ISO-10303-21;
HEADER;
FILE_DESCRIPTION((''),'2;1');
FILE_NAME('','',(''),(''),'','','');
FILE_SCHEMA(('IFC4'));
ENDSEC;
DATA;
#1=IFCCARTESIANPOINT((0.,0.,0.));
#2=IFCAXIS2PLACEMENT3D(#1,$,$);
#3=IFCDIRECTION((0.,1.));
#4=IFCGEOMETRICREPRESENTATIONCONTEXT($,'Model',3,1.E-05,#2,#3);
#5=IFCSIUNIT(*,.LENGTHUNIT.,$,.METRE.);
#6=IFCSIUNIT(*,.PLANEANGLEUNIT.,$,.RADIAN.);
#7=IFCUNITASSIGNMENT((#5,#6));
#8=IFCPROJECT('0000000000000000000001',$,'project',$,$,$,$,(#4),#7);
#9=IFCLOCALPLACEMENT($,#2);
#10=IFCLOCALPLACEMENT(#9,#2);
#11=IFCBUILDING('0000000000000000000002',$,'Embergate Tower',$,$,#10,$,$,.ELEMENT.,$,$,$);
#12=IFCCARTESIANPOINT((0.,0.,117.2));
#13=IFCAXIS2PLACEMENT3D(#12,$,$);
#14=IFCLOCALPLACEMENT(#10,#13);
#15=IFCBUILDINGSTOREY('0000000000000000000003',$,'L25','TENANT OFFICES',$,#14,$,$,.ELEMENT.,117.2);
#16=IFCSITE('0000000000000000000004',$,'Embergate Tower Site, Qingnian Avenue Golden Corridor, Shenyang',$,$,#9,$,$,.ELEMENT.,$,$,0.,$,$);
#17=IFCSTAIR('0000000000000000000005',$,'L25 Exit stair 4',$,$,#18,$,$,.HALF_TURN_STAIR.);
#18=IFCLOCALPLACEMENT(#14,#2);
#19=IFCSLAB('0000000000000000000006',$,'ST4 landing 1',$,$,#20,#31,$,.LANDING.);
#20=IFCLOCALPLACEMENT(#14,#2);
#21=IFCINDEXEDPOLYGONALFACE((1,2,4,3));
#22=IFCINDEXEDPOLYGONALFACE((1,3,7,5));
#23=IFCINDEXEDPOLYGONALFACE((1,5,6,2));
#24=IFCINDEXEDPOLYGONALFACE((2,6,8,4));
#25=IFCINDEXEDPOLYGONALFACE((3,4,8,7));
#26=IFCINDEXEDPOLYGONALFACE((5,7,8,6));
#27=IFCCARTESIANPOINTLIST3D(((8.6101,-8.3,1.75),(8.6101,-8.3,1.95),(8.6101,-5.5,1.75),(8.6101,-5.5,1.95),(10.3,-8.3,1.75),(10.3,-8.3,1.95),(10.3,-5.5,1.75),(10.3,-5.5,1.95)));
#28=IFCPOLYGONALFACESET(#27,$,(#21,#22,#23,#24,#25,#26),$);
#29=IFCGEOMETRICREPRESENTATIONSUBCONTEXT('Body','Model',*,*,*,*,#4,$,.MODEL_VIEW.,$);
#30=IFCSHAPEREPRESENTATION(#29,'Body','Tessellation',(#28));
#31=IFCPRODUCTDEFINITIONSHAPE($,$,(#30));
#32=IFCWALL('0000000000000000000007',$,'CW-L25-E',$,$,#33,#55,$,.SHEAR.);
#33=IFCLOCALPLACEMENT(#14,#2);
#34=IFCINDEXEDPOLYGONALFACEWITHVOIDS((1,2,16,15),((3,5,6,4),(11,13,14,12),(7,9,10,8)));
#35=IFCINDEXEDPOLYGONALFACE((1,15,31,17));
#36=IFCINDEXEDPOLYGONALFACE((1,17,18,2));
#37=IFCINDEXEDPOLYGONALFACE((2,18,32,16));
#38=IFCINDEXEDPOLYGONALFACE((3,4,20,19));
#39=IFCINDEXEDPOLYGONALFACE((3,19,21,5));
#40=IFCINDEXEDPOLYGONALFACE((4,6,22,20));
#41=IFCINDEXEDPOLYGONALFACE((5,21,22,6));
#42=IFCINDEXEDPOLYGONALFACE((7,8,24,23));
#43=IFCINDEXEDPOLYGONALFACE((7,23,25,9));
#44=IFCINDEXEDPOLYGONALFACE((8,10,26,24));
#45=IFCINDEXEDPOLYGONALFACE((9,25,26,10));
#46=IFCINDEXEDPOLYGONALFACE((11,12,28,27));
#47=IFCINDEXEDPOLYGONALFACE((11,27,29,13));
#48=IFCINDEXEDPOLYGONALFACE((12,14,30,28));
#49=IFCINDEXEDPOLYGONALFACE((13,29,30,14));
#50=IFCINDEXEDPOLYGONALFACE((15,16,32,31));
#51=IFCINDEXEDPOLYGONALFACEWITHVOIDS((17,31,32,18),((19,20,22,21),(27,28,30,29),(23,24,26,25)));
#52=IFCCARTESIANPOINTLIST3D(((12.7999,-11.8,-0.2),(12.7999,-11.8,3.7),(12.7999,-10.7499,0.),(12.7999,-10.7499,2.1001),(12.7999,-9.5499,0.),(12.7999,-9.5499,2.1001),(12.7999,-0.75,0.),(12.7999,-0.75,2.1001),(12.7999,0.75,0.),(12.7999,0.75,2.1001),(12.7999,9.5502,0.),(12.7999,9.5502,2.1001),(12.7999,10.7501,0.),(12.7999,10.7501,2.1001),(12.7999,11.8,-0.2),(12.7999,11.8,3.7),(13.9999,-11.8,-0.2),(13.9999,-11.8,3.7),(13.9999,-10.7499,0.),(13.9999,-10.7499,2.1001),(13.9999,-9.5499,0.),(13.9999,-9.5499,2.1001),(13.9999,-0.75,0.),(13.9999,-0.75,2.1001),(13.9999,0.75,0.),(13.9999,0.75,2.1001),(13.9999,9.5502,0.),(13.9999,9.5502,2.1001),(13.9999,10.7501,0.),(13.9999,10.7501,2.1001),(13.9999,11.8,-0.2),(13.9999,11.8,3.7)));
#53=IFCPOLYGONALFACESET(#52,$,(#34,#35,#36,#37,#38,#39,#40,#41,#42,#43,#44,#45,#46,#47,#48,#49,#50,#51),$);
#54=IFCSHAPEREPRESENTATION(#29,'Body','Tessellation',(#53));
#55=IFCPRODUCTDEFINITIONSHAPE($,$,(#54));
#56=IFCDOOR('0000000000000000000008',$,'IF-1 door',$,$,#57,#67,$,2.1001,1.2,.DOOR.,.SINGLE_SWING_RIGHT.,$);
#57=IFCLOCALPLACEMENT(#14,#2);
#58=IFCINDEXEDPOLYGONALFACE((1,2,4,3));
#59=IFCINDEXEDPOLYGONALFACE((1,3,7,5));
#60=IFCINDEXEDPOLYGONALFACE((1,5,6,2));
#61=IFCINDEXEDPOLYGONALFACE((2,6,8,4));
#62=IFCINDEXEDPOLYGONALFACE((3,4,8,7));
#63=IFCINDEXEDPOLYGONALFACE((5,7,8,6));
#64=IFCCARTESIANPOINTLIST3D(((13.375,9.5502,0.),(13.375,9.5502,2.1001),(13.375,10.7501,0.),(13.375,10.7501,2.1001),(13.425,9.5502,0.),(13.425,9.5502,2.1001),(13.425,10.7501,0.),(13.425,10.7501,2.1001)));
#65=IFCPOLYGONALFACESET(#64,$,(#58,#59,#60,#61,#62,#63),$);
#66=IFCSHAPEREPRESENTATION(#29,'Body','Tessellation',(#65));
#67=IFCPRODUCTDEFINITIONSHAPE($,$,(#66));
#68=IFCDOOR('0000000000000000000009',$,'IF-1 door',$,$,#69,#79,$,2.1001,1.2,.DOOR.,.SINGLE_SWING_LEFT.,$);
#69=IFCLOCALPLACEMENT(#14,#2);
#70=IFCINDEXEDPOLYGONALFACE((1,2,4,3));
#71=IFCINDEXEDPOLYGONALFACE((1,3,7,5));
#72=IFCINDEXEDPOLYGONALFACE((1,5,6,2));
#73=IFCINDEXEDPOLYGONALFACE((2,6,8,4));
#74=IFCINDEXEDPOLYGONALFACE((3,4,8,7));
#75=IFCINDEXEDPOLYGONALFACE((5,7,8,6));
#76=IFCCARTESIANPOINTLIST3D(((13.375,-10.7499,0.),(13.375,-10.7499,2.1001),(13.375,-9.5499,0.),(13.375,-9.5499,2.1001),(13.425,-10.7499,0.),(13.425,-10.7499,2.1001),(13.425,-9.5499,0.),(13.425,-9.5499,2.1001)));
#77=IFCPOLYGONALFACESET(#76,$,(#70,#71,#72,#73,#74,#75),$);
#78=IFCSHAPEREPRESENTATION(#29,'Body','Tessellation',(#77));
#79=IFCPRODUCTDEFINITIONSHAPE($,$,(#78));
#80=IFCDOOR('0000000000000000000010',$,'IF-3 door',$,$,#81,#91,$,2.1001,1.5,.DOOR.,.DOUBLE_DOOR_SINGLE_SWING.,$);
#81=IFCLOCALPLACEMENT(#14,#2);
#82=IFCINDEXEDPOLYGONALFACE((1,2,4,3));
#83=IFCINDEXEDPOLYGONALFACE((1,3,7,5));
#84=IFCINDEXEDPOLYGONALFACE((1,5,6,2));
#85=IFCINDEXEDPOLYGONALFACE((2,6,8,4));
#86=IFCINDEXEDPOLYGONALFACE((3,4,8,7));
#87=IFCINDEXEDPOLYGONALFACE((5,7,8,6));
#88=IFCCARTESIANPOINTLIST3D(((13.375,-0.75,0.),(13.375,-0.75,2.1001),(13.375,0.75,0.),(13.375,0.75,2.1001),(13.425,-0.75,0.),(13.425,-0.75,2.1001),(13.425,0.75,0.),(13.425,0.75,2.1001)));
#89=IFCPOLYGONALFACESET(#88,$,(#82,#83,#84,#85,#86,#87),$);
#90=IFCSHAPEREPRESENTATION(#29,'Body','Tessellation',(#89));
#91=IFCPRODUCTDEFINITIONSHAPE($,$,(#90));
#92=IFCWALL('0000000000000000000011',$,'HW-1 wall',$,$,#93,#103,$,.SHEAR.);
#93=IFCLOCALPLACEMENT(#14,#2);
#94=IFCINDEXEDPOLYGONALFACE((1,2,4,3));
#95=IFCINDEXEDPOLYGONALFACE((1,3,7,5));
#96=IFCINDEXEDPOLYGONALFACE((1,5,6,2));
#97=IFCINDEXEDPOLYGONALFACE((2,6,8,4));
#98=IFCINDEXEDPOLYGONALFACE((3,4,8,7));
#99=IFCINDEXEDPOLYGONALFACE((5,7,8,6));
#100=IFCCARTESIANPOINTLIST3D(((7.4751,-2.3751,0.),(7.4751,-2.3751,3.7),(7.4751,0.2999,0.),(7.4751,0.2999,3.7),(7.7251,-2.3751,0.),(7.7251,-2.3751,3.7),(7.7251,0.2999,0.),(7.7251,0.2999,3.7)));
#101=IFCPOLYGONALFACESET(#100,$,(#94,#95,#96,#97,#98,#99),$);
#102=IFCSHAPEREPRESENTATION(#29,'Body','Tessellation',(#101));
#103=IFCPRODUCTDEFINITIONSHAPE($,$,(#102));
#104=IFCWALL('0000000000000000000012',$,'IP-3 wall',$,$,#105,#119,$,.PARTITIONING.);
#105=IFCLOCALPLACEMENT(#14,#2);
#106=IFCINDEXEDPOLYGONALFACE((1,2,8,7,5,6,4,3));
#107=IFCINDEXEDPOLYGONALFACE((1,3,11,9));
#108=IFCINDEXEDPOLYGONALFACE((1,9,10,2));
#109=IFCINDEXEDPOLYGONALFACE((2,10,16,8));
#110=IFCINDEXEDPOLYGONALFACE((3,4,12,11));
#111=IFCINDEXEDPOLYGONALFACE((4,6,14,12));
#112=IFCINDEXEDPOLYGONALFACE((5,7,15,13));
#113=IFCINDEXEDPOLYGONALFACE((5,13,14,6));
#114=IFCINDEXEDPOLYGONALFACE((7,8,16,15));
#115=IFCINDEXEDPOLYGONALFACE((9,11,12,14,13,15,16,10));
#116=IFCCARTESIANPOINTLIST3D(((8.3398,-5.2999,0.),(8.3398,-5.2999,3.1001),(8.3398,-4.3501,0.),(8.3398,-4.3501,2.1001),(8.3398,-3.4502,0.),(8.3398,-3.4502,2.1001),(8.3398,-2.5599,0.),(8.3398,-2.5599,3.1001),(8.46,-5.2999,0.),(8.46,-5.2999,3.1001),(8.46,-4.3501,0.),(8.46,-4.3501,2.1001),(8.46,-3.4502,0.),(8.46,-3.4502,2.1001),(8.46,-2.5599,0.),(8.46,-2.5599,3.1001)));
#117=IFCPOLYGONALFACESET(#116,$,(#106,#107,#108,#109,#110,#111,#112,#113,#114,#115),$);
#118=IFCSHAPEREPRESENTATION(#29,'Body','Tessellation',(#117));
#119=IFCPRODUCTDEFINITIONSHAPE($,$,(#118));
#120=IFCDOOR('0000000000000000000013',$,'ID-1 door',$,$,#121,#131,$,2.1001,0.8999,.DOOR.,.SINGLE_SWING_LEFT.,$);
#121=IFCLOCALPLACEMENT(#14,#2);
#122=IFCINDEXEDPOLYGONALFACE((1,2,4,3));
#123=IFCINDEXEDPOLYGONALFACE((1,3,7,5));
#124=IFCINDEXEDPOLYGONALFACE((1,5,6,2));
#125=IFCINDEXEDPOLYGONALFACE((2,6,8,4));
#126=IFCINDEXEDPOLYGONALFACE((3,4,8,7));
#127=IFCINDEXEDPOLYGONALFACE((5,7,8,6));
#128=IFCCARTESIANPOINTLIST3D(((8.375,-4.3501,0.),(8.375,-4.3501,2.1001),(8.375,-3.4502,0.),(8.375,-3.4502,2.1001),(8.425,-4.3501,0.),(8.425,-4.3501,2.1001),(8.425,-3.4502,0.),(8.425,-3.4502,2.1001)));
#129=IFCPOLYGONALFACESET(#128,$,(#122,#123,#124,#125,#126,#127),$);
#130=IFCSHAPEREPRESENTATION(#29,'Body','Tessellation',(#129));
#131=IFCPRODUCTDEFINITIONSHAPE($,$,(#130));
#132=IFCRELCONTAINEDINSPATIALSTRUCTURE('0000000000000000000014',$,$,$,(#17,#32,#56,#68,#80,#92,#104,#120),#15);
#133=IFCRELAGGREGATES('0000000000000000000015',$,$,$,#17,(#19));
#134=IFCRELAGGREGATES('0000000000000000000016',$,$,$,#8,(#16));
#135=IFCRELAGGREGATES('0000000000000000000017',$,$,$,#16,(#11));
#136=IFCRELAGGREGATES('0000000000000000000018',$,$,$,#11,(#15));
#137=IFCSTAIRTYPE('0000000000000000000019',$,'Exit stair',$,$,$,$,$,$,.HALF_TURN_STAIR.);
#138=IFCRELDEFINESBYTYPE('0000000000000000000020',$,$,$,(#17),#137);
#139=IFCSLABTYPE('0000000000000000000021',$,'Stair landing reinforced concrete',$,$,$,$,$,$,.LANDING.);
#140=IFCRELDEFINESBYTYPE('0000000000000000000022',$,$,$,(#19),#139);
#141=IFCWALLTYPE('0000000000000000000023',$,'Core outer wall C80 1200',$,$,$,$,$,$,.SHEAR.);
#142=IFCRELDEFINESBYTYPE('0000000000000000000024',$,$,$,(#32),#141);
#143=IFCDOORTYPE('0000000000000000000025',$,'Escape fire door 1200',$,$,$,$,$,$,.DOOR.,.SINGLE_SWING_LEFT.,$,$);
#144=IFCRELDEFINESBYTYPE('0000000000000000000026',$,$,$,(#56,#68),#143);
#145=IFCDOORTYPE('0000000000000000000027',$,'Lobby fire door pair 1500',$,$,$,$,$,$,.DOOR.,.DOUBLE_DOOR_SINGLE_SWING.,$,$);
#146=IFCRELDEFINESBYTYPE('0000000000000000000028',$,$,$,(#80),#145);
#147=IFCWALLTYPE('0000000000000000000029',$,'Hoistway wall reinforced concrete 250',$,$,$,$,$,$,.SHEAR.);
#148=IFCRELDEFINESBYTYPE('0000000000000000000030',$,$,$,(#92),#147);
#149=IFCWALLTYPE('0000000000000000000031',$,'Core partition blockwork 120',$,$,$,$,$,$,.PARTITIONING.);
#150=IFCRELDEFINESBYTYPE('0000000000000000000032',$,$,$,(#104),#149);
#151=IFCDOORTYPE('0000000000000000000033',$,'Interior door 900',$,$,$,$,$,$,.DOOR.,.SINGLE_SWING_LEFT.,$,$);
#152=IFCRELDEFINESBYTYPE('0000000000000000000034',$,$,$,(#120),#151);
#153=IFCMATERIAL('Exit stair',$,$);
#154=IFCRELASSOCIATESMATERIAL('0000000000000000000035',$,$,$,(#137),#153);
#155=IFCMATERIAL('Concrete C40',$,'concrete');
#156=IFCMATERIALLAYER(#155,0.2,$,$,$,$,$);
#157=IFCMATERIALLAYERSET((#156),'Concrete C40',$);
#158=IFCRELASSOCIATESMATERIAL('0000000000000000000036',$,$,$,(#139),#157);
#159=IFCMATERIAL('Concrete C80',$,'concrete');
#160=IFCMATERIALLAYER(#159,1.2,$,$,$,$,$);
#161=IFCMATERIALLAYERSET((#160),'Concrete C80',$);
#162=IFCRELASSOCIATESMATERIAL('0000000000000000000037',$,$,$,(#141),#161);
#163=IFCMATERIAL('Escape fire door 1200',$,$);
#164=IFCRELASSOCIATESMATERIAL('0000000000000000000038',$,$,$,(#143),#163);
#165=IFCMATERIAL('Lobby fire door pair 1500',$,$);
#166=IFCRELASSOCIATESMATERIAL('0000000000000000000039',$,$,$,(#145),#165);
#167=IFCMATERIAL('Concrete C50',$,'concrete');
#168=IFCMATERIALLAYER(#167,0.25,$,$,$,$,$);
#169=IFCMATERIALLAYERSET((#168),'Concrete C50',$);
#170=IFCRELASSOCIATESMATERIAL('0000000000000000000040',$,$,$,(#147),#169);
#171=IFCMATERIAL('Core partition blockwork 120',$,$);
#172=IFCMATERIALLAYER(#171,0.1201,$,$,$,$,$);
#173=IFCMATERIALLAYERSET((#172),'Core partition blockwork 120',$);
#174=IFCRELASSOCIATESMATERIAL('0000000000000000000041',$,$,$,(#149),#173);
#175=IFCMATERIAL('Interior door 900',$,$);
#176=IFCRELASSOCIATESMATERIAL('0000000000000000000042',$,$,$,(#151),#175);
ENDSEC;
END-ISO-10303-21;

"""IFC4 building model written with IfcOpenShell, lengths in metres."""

from ifc_helpers import new_model, si_unit, direction, frame, frame_2d, origin, place, context, subcontext, project, spatial, polyline, rectangle, outline, extrude, source, transform, mapped, material, layer, layer_set, type_object, element, fill, aggregate, save


model = new_model("IFC4")

# Units and contexts
model_context = context("Model", 3, precision=1e-05, world=origin(), true_north=direction((0.0, 1.0)))
body_context = subcontext(model_context, "Body", "Model", "MODEL_VIEW")
ifc_project = project(units=[si_unit("LENGTHUNIT", "METRE"), si_unit("PLANEANGLEUNIT", "RADIAN")], contexts=[model_context])

# Site, building, storey
site_placement = place(None, origin())
site = spatial("IfcSite", under=ifc_project, at=site_placement, Name="Embergate Tower Site, Qingnian Avenue Golden Corridor, Shenyang", CompositionType="ELEMENT", RefElevation=0.0)
building_placement = place(site_placement, origin())
building = spatial("IfcBuilding", under=site, at=building_placement, Name="Embergate Tower", CompositionType="ELEMENT")
storey_placement = place(building_placement, frame((0.0, 0.0, 117.2)))
storey = spatial("IfcBuildingStorey", under=building, at=storey_placement, Name="L25", Description="TENANT OFFICES", CompositionType="ELEMENT", Elevation=117.2)

# Stair, slab
ifc_material_1 = material(Name="Exit stair")
stair_type = type_object("IfcStairType", Name="Exit stair", PredefinedType="HALF_TURN_STAIR", material=ifc_material_1)
stair_placement = place(storey_placement, origin())
stair = element("IfcStair", 1, at=stair_placement, inside=storey, type_object=stair_type, Name="L25 Exit stair 4", PredefinedType="HALF_TURN_STAIR")
ifc_material_2 = material(Name="Concrete C40", Category="concrete")
ifc_layer_1 = layer(ifc_material_2, 0.2)
ifc_layer_set_1 = layer_set([ifc_layer_1], Name="Concrete C40")
slab_type = type_object("IfcSlabType", Name="Stair landing reinforced concrete", PredefinedType="LANDING", material=ifc_layer_set_1)
shared_shape_1 = source(origin(), body_context, "Body", "SweptSolid", [
    extrude(outline(polyline([(0.0, 0.0), (1.6899, 0.0), (1.6899, 2.8), (0.0, 2.8), (0.0, 0.0)])), origin(), (0.0, 0.0, 1.0), 0.2),
])
slab_placement = place(storey_placement, frame((8.6101, -8.3, 1.75)))
slab = element("IfcSlab", 2, at=slab_placement, type_object=slab_type, Name="ST4 landing 1", PredefinedType="LANDING", context=body_context, shape_type="MappedRepresentation", body=[
    mapped(shared_shape_1, transform((0.0, 0.0, 0.0))),
])

# Wall, openings, doors
ifc_material_3 = material(Name="Concrete C80", Category="concrete")
ifc_layer_2 = layer(ifc_material_3, 1.2)
ifc_layer_set_2 = layer_set([ifc_layer_2], Name="Concrete C80")
wall_type_1 = type_object("IfcWallType", Name="Core outer wall C80 1200", PredefinedType="SHEAR", material=ifc_layer_set_2)
shared_shape_2 = source(origin(), body_context, "Body", "SweptSolid", [
    extrude(rectangle(XDim=23.6001, YDim=1.2, at=frame_2d((11.8, 0.0))), origin(), (0.0, 0.0, 1.0), 3.8999),
])
wall_1_placement = place(storey_placement, frame((13.3999, -11.8, -0.2), z_axis=(0.0, 0.0, 1.0), x_axis=(0.0, 1.0, 0.0)))
wall_1 = element("IfcWall", 3, at=wall_1_placement, inside=storey, type_object=wall_type_1, Name="CW-L25-E", PredefinedType="SHEAR", context=body_context, shape_type="MappedRepresentation", body=[
    mapped(shared_shape_2, transform((0.0, 0.0, 0.0))),
])
shared_shape_3 = source(origin(), body_context, "Body", "SweptSolid", [
    extrude(rectangle(XDim=1.2, YDim=2.1001, at=frame_2d((0.6001, 1.05))), frame((0.0, 0.6099, 0.0), z_axis=(0.0, -1.0, 0.0), x_axis=(1.0, 0.0, 0.0)), (0.0, 0.0, 1.0), 1.22),
])
opening_1_placement = place(wall_1_placement, frame((21.3501, 0.0, 0.2)))
opening_1 = element("IfcOpeningElement", 4, at=opening_1_placement, cuts=wall_1, PredefinedType="OPENING", context=body_context, shape_type="MappedRepresentation", body=[
    mapped(shared_shape_3, transform((0.0, 0.0, 0.0))),
])
opening_2_placement = place(wall_1_placement, frame((1.05, 0.0, 0.2)))
opening_2 = element("IfcOpeningElement", 5, at=opening_2_placement, cuts=wall_1, PredefinedType="OPENING", context=body_context, shape_type="MappedRepresentation", body=[
    mapped(shared_shape_3, transform((0.0, 0.0, 0.0))),
])
shared_shape_4 = source(origin(), body_context, "Body", "SweptSolid", [
    extrude(rectangle(XDim=1.5, YDim=2.1001, at=frame_2d((0.75, 1.05))), frame((0.0, 0.6099, 0.0), z_axis=(0.0, -1.0, 0.0), x_axis=(1.0, 0.0, 0.0)), (0.0, 0.0, 1.0), 1.22),
])
opening_3_placement = place(wall_1_placement, frame((11.05, 0.0, 0.2)))
opening_3 = element("IfcOpeningElement", 6, at=opening_3_placement, cuts=wall_1, PredefinedType="OPENING", context=body_context, shape_type="MappedRepresentation", body=[
    mapped(shared_shape_4, transform((0.0, 0.0, 0.0))),
])
ifc_material_4 = material(Name="Escape fire door 1200")
door_type_1 = type_object("IfcDoorType", Name="Escape fire door 1200", OperationType="SINGLE_SWING_LEFT", PredefinedType="DOOR", material=ifc_material_4)
shared_shape_5 = source(origin(), body_context, "Body", "SweptSolid", [
    extrude(rectangle(XDim=1.2, YDim=2.1001, at=frame_2d((0.6001, 1.05))), frame((0.0, 0.0249, 0.0), z_axis=(0.0, -1.0, 0.0), x_axis=(1.0, 0.0, 0.0)), (0.0, 0.0, 1.0), 0.05),
])
door_1_placement = place(opening_1_placement, origin())
door_1 = element("IfcDoor", 7, at=door_1_placement, inside=storey, type_object=door_type_1, Name="IF-1 door", OperationType="SINGLE_SWING_RIGHT", OverallHeight=2.1001, OverallWidth=1.2, PredefinedType="DOOR", context=body_context, shape_type="MappedRepresentation", body=[
    mapped(shared_shape_5, transform((0.0, 0.0, 0.0))),
])
fill(opening_1, door_1)
door_2_placement = place(opening_2_placement, origin())
door_2 = element("IfcDoor", 8, at=door_2_placement, inside=storey, type_object=door_type_1, Name="IF-1 door", OperationType="SINGLE_SWING_LEFT", OverallHeight=2.1001, OverallWidth=1.2, PredefinedType="DOOR", context=body_context, shape_type="MappedRepresentation", body=[
    mapped(shared_shape_5, transform((0.0, 0.0, 0.0))),
])
fill(opening_2, door_2)
ifc_material_5 = material(Name="Lobby fire door pair 1500")
door_type_2 = type_object("IfcDoorType", Name="Lobby fire door pair 1500", OperationType="DOUBLE_DOOR_SINGLE_SWING", PredefinedType="DOOR", material=ifc_material_5)
shared_shape_6 = source(origin(), body_context, "Body", "SweptSolid", [
    extrude(rectangle(XDim=1.5, YDim=2.1001, at=frame_2d((0.75, 1.05))), frame((0.0, 0.0249, 0.0), z_axis=(0.0, -1.0, 0.0), x_axis=(1.0, 0.0, 0.0)), (0.0, 0.0, 1.0), 0.05),
])
door_3_placement = place(opening_3_placement, origin())
door_3 = element("IfcDoor", 9, at=door_3_placement, inside=storey, type_object=door_type_2, Name="IF-3 door", OperationType="DOUBLE_DOOR_SINGLE_SWING", OverallHeight=2.1001, OverallWidth=1.5, PredefinedType="DOOR", context=body_context, shape_type="MappedRepresentation", body=[
    mapped(shared_shape_6, transform((0.0, 0.0, 0.0))),
])
fill(opening_3, door_3)

# Wall
ifc_material_6 = material(Name="Concrete C50", Category="concrete")
ifc_layer_3 = layer(ifc_material_6, 0.25)
ifc_layer_set_3 = layer_set([ifc_layer_3], Name="Concrete C50")
wall_type_2 = type_object("IfcWallType", Name="Hoistway wall reinforced concrete 250", PredefinedType="SHEAR", material=ifc_layer_set_3)
shared_shape_7 = source(origin(), body_context, "Body", "SweptSolid", [
    extrude(rectangle(XDim=2.675, YDim=0.25, at=frame_2d((1.3374, 0.0))), origin(), (0.0, 0.0, 1.0), 3.7),
])
wall_2_placement = place(storey_placement, frame((7.6001, -2.375, 0.0), z_axis=(0.0, 0.0, 1.0), x_axis=(0.0, 1.0, 0.0)))
element("IfcWall", 10, at=wall_2_placement, inside=storey, type_object=wall_type_2, Name="HW-1 wall", PredefinedType="SHEAR", context=body_context, shape_type="MappedRepresentation", body=[
    mapped(shared_shape_7, transform((0.0, 0.0, 0.0))),
])

# Wall, opening, door
ifc_material_7 = material(Name="Core partition blockwork 120")
ifc_layer_4 = layer(ifc_material_7, 0.1201)
ifc_layer_set_4 = layer_set([ifc_layer_4], Name="Core partition blockwork 120")
wall_type_3 = type_object("IfcWallType", Name="Core partition blockwork 120", PredefinedType="PARTITIONING", material=ifc_layer_set_4)
shared_shape_8 = source(origin(), body_context, "Body", "SweptSolid", [
    extrude(rectangle(XDim=2.74, YDim=0.1201, at=frame_2d((1.3701, 0.0))), origin(), (0.0, 0.0, 1.0), 3.1001),
])
wall_3_placement = place(storey_placement, frame((8.3999, -5.3, 0.0), z_axis=(0.0, 0.0, 1.0), x_axis=(0.0, 1.0, 0.0)))
wall_3 = element("IfcWall", 11, at=wall_3_placement, inside=storey, type_object=wall_type_3, Name="IP-3 wall", PredefinedType="PARTITIONING", context=body_context, shape_type="MappedRepresentation", body=[
    mapped(shared_shape_8, transform((0.0, 0.0, 0.0))),
])
shared_shape_9 = source(origin(), body_context, "Body", "SweptSolid", [
    extrude(rectangle(XDim=0.8999, YDim=2.1001, at=frame_2d((0.45, 1.05))), frame((0.0, 0.0701, 0.0), z_axis=(0.0, -1.0, 0.0), x_axis=(1.0, 0.0, 0.0)), (0.0, 0.0, 1.0), 0.1401),
])
opening_4_placement = place(wall_3_placement, frame((0.95, 0.0, 0.0)))
opening_4 = element("IfcOpeningElement", 12, at=opening_4_placement, cuts=wall_3, PredefinedType="OPENING", context=body_context, shape_type="MappedRepresentation", body=[
    mapped(shared_shape_9, transform((0.0, 0.0, 0.0))),
])
ifc_material_8 = material(Name="Interior door 900")
door_type_3 = type_object("IfcDoorType", Name="Interior door 900", OperationType="SINGLE_SWING_LEFT", PredefinedType="DOOR", material=ifc_material_8)
shared_shape_10 = source(origin(), body_context, "Body", "SweptSolid", [
    extrude(rectangle(XDim=0.8999, YDim=2.1001, at=frame_2d((0.45, 1.05))), frame((0.0, 0.0249, 0.0), z_axis=(0.0, -1.0, 0.0), x_axis=(1.0, 0.0, 0.0)), (0.0, 0.0, 1.0), 0.05),
])
door_4_placement = place(opening_4_placement, origin())
door_4 = element("IfcDoor", 13, at=door_4_placement, inside=storey, type_object=door_type_3, Name="ID-1 door", OperationType="SINGLE_SWING_LEFT", OverallHeight=2.1001, OverallWidth=0.8999, PredefinedType="DOOR", context=body_context, shape_type="MappedRepresentation", body=[
    mapped(shared_shape_10, transform((0.0, 0.0, 0.0))),
])
fill(opening_4, door_4)

aggregate(stair, [slab])

save(model, "model.ifc")
